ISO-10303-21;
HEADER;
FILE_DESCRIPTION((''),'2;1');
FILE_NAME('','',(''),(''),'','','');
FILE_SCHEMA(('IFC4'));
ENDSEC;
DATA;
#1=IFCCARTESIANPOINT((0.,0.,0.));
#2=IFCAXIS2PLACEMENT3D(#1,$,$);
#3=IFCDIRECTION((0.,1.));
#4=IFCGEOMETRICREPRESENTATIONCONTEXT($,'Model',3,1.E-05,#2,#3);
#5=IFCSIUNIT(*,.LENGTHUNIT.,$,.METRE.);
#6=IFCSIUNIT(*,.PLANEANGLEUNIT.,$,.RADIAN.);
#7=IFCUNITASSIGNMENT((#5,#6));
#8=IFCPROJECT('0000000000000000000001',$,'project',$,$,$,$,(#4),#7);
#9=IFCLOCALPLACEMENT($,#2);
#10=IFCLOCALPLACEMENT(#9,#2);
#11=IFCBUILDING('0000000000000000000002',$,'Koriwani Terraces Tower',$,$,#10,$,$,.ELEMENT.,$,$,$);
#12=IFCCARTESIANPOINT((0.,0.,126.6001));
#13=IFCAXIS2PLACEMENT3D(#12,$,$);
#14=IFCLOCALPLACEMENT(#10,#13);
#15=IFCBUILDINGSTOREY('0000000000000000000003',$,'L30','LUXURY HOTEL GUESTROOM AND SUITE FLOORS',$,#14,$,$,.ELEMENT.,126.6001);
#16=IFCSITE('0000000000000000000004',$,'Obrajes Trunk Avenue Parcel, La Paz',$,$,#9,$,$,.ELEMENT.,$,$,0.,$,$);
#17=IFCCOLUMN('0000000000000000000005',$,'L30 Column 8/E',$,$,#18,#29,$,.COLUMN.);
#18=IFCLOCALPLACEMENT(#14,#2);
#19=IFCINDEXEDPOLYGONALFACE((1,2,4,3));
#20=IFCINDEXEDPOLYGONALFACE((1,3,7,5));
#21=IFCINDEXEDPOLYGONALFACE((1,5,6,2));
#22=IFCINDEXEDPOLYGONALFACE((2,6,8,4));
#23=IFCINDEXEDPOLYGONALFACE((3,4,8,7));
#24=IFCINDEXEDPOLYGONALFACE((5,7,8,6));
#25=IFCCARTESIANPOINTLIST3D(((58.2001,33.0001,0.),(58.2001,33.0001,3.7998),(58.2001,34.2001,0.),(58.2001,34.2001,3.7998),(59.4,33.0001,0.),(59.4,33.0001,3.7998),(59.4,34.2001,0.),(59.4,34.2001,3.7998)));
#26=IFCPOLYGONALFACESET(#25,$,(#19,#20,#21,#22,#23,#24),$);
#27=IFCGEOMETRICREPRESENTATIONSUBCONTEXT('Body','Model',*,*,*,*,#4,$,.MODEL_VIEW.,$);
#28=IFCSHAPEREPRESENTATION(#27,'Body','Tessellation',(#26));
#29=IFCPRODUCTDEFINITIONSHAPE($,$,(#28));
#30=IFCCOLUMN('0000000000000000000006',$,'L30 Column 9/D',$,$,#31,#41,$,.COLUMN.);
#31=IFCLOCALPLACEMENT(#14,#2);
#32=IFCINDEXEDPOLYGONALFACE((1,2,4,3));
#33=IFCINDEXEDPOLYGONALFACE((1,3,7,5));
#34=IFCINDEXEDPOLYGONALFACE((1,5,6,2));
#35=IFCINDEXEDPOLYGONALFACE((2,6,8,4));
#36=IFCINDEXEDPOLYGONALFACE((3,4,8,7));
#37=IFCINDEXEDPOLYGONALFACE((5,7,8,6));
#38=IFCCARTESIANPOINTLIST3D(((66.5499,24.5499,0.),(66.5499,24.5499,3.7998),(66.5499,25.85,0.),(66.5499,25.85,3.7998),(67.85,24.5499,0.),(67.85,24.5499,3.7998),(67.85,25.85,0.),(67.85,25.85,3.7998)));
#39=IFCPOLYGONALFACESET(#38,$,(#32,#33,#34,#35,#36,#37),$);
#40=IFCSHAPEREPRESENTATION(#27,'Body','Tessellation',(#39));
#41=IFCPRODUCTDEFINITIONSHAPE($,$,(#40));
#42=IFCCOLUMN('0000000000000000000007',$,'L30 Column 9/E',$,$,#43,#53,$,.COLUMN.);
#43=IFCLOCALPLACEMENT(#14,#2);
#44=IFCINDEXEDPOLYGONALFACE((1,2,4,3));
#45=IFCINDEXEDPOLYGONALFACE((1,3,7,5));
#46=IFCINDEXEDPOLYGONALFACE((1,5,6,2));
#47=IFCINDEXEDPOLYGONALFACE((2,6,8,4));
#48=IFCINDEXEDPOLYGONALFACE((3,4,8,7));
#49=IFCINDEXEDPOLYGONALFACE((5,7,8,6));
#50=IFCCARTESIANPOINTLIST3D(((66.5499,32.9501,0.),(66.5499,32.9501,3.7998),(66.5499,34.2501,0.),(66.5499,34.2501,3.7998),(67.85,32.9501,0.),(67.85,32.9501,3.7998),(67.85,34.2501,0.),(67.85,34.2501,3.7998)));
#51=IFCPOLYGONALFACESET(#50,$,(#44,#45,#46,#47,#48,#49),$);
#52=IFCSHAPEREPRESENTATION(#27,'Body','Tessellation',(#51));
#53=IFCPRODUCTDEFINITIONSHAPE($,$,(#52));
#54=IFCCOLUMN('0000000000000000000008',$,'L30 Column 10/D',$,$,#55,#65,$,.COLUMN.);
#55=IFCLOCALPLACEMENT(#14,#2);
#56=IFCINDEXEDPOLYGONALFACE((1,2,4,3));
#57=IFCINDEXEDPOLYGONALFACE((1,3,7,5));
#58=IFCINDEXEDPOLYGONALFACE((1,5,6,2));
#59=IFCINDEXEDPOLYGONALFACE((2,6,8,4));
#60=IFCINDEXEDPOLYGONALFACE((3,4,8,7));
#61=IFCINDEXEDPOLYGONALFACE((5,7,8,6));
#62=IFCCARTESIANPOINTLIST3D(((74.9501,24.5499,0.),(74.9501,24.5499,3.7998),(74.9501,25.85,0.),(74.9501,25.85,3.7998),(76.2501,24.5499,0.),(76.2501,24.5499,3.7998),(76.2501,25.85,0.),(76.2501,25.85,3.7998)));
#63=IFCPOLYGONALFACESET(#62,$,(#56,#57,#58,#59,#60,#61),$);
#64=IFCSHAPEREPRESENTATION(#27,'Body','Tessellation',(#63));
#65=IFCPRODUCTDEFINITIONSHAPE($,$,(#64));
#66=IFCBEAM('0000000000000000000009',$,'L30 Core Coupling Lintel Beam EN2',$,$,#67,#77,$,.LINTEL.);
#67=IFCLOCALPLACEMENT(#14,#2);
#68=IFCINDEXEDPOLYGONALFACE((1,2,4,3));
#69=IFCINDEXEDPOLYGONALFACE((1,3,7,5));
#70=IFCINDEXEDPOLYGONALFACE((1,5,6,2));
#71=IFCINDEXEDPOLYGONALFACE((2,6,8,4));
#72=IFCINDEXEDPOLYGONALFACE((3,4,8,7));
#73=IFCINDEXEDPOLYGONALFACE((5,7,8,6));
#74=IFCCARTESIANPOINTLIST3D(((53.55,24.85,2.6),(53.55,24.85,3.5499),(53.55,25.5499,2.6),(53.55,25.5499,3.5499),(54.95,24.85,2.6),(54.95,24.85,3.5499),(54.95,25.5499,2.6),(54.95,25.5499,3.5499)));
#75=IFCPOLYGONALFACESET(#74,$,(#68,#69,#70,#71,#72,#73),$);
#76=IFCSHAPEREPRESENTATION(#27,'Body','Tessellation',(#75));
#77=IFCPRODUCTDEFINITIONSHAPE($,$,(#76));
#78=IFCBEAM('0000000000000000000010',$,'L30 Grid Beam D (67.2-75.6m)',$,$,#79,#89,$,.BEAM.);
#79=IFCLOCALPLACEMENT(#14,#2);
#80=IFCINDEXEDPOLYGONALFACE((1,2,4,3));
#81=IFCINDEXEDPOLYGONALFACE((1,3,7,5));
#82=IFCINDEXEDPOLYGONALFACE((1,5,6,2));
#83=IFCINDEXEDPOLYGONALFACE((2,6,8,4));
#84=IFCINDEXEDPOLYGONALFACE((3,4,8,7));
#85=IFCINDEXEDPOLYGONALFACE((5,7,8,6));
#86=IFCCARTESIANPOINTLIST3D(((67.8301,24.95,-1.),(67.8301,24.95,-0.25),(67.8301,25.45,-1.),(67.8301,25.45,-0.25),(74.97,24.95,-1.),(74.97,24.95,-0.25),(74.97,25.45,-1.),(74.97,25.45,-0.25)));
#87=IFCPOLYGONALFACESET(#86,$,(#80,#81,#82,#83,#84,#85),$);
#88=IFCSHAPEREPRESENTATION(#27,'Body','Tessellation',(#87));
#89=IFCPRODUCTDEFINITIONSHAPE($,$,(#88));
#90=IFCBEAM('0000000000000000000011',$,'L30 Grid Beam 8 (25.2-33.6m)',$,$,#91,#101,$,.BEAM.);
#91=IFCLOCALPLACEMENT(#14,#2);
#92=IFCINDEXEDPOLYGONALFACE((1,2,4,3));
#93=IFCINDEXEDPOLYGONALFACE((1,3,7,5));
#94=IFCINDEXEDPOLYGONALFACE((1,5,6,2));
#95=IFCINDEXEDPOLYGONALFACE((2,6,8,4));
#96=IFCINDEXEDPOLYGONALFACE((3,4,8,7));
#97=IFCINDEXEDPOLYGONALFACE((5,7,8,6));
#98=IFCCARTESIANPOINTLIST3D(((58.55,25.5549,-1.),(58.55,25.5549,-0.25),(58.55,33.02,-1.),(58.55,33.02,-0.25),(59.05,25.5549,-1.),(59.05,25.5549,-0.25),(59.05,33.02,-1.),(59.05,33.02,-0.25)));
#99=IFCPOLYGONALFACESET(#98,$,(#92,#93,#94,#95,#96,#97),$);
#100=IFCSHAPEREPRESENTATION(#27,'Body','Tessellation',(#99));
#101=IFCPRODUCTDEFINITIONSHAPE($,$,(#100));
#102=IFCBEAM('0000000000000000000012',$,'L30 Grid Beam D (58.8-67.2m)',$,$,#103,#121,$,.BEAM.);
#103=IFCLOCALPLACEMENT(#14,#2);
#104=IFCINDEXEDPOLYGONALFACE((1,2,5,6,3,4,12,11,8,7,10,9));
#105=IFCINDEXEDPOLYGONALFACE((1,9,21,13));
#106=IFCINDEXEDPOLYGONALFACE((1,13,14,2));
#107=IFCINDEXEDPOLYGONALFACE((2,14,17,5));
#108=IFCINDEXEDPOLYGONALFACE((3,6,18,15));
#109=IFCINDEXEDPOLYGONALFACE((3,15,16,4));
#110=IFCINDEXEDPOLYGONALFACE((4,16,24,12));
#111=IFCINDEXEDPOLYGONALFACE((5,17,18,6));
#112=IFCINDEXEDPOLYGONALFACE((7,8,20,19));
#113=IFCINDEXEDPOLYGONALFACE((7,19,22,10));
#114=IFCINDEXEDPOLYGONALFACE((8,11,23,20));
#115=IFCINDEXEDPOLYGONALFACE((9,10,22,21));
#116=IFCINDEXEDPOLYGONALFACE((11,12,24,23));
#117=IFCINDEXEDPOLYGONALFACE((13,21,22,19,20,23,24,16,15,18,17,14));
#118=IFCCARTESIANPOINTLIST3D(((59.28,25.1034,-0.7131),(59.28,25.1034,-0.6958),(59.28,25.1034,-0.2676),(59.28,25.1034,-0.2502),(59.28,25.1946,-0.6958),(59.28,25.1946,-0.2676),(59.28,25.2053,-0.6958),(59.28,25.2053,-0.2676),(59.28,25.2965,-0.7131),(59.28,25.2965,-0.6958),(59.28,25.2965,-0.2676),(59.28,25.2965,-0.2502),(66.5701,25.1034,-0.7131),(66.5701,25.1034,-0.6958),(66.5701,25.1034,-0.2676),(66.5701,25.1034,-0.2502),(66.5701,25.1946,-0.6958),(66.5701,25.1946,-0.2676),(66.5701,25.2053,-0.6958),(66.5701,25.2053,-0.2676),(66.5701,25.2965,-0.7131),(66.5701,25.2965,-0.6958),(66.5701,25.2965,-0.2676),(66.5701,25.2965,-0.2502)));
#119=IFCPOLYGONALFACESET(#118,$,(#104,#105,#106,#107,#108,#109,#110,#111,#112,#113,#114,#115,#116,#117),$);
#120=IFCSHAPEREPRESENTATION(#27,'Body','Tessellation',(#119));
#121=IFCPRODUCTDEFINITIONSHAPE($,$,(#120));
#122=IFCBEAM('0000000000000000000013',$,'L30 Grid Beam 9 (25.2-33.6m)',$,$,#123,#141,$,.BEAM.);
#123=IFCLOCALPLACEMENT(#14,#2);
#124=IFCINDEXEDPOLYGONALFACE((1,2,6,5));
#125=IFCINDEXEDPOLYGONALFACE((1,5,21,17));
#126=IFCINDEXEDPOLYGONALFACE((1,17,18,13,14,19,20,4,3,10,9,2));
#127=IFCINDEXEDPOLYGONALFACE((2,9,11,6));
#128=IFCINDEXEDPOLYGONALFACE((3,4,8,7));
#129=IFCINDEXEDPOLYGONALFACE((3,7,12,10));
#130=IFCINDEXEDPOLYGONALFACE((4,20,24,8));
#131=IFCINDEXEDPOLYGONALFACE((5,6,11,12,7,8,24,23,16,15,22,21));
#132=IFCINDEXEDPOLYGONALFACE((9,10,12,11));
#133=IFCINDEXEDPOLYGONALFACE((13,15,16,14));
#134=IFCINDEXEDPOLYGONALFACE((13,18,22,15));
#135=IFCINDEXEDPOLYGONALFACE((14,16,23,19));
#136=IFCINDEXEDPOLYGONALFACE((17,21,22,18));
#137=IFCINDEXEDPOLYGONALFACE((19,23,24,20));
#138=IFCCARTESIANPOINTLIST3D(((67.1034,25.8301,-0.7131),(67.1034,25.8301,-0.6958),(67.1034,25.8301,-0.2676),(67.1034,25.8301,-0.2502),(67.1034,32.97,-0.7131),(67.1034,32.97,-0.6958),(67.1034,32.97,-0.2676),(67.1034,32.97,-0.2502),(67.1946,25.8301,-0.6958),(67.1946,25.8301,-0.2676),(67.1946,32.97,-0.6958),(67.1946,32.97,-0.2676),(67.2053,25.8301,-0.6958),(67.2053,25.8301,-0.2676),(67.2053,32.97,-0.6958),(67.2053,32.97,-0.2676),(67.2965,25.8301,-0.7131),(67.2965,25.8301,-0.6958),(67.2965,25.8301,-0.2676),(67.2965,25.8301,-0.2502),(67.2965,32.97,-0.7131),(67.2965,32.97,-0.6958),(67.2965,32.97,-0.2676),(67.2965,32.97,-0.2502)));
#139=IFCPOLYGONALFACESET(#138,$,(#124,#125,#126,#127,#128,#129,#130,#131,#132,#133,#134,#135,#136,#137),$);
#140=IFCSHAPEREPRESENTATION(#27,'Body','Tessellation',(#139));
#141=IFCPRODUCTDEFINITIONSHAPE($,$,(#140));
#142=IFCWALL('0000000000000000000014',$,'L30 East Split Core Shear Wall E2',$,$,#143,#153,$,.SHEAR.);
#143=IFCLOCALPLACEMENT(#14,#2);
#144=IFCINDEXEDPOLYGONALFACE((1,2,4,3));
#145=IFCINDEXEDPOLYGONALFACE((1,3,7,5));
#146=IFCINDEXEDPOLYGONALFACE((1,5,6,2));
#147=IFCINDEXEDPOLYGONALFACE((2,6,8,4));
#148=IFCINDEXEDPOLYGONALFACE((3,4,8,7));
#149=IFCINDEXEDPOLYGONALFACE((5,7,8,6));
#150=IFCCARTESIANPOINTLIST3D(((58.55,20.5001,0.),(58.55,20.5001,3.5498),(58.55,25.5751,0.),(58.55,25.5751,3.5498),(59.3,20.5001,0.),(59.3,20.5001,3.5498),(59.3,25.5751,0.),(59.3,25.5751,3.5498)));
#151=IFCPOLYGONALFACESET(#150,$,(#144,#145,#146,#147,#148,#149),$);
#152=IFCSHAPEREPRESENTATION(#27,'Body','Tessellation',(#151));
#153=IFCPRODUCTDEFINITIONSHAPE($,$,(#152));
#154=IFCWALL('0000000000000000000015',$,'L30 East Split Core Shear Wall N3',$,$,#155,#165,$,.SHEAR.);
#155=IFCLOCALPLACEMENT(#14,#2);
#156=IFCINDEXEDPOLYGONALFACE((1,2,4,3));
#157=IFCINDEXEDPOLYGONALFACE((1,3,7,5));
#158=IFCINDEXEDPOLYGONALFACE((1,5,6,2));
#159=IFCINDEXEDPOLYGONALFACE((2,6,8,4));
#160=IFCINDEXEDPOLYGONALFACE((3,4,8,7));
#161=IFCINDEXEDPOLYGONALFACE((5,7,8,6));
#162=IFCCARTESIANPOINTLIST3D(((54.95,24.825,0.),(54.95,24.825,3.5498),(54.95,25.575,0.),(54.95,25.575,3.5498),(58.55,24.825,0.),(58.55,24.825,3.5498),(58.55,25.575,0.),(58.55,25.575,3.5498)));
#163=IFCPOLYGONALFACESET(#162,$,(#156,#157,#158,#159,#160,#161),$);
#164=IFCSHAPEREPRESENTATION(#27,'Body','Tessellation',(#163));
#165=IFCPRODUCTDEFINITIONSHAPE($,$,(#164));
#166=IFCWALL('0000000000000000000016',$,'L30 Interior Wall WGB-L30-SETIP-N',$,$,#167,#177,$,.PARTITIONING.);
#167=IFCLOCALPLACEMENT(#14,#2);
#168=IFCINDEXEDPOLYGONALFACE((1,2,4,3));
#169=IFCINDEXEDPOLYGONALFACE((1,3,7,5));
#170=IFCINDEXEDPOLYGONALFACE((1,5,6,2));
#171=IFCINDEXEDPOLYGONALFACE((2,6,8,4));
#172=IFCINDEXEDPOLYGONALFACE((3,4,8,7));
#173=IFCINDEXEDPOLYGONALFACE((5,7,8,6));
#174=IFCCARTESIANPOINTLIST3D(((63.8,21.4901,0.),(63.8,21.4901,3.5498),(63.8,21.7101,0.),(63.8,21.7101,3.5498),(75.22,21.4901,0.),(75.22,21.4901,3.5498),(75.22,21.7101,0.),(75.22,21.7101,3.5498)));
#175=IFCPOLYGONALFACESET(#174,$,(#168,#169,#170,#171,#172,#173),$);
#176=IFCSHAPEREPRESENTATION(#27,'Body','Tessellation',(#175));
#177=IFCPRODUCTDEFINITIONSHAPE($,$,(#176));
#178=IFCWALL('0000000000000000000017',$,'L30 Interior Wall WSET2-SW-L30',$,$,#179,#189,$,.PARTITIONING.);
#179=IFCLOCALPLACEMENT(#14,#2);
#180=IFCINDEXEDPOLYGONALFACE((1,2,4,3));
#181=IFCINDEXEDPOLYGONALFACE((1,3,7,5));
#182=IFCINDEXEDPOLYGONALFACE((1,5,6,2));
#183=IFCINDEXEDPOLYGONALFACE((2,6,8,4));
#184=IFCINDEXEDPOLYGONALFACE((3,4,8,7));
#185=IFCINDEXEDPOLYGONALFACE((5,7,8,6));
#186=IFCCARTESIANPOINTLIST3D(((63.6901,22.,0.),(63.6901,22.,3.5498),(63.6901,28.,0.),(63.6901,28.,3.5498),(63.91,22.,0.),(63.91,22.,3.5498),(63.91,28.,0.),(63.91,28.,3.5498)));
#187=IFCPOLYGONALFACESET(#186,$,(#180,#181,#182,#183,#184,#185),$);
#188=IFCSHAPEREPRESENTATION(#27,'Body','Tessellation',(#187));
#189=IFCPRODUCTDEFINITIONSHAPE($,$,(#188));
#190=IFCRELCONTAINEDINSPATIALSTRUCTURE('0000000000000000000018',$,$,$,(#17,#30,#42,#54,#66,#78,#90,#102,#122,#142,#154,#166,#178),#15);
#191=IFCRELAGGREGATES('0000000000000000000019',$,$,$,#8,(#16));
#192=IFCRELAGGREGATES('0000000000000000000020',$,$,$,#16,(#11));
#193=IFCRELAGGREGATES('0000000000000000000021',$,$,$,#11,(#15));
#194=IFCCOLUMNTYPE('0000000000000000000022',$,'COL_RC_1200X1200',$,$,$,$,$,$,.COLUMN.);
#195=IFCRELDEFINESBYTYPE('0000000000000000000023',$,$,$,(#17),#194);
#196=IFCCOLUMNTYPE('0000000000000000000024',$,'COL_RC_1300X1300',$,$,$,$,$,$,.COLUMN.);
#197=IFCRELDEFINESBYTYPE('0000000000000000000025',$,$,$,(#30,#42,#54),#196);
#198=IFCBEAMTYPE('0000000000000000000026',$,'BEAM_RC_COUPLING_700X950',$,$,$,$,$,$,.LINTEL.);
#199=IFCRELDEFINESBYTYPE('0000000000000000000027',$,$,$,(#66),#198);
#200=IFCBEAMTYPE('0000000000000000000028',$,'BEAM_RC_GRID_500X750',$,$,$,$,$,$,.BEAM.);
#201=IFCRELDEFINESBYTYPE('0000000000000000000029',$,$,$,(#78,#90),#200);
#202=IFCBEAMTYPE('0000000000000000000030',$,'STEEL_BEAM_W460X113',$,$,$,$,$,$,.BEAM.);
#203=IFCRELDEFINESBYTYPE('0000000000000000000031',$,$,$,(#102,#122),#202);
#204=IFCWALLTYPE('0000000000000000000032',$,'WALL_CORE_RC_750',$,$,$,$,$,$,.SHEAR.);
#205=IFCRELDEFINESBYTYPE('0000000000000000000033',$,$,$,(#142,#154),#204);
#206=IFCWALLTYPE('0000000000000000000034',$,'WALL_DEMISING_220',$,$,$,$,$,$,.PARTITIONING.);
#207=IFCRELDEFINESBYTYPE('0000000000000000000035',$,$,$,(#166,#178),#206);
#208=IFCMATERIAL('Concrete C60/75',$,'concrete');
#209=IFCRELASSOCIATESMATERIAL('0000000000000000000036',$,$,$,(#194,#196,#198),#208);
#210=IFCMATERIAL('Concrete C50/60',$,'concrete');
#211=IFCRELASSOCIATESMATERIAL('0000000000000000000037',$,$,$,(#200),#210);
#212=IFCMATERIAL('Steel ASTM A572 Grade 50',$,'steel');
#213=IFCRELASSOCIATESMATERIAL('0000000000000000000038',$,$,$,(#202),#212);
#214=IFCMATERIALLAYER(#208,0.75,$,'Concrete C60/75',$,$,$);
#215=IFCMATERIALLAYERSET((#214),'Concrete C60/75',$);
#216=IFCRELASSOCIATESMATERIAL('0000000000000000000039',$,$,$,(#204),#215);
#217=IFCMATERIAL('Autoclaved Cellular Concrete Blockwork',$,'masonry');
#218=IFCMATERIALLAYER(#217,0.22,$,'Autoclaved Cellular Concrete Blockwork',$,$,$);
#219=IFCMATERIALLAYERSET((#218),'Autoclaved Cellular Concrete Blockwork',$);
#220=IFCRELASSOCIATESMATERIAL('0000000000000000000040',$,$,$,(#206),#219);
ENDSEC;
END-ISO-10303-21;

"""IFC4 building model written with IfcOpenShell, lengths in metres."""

from ifc_helpers import new_model, si_unit, direction, frame, frame_2d, origin, origin_2d, place, context, subcontext, project, spatial, rectangle, i_section, extrude, material, layer, layer_set, material_profile, profile_set, type_object, element, save


model = new_model("IFC4")

# Units and contexts
model_context = context("Model", 3, precision=1e-05, world=origin(), true_north=direction((0.0, 1.0)))
body_context = subcontext(model_context, "Body", "Model", "MODEL_VIEW")
ifc_project = project(units=[si_unit("LENGTHUNIT", "METRE"), si_unit("PLANEANGLEUNIT", "RADIAN")], contexts=[model_context])

# Site, building, storey
site_placement = place(None, origin())
site = spatial("IfcSite", under=ifc_project, at=site_placement, Name="Obrajes Trunk Avenue Parcel, La Paz", CompositionType="ELEMENT", RefElevation=0.0)
building_placement = place(site_placement, origin())
building = spatial("IfcBuilding", under=site, at=building_placement, Name="Koriwani Terraces Tower", CompositionType="ELEMENT")
storey_placement = place(building_placement, frame((0.0, 0.0, 126.6001)))
storey = spatial("IfcBuildingStorey", under=building, at=storey_placement, Name="L30", Description="LUXURY HOTEL GUESTROOM AND SUITE FLOORS", CompositionType="ELEMENT", Elevation=126.6001)

# Columns
ifc_material_1 = material(Name="Concrete C60/75", Category="concrete")
ifc_material_profile_1 = material_profile(ifc_material_1, rectangle(XDim=1.2, YDim=1.2, at=origin_2d()), Name="Concrete C60/75", Category="LoadBearing")
ifc_profile_set_1 = profile_set([ifc_material_profile_1], Name="Concrete C60/75")
column_type_1 = type_object("IfcColumnType", Name="COL_RC_1200X1200", PredefinedType="COLUMN", material=ifc_profile_set_1)
column_placement = place(storey_placement, frame((58.8, 33.6001, 0.0), z_axis=(0.0, 0.0, 1.0), x_axis=(1.0, 0.0, 0.0)))
element("IfcColumn", 1, at=column_placement, inside=storey, type_object=column_type_1, Name="L30 Column 8/E", PredefinedType="COLUMN", context=body_context, shape_type="SweptSolid", body=[
    extrude(rectangle(XDim=1.2, YDim=1.2, at=origin_2d()), origin(), (0.0, 0.0, 1.0), 3.7998),
])
ifc_material_profile_2 = material_profile(ifc_material_1, rectangle(XDim=1.3, YDim=1.3, at=origin_2d()), Name="Concrete C60/75", Category="LoadBearing")
ifc_profile_set_2 = profile_set([ifc_material_profile_2], Name="Concrete C60/75")
column_type_2 = type_object("IfcColumnType", Name="COL_RC_1300X1300", PredefinedType="COLUMN", material=ifc_profile_set_2)
for number, where, z_axis, x_axis, name in (
    (2, (67.2, 25.2, 0.0), (0.0, 0.0, 1.0), (1.0, 0.0, 0.0), "L30 Column 9/D"),
    (3, (67.2, 33.6001, 0.0), (0.0, 0.0, 1.0), (1.0, 0.0, 0.0), "L30 Column 9/E"),
    (4, (75.6001, 25.2, 0.0), (0.0, 0.0, 1.0), (1.0, 0.0, 0.0), "L30 Column 10/D"),
):
    element("IfcColumn", number, at=place(storey_placement, frame(where, z_axis=z_axis, x_axis=x_axis)), inside=storey, type_object=column_type_2, Name=name, PredefinedType="COLUMN", context=body_context, shape_type="SweptSolid", body=[
        extrude(rectangle(XDim=1.3, YDim=1.3, at=origin_2d()), origin(), (0.0, 0.0, 1.0), 3.7998),
    ])

# Beams
ifc_material_profile_3 = material_profile(ifc_material_1, rectangle(XDim=0.7, YDim=0.95, at=origin_2d()), Name="Concrete C60/75", Category="LoadBearing")
ifc_profile_set_3 = profile_set([ifc_material_profile_3], Name="Concrete C60/75")
beam_type_1 = type_object("IfcBeamType", Name="BEAM_RC_COUPLING_700X950", PredefinedType="LINTEL", material=ifc_profile_set_3)
beam_1_placement = place(storey_placement, frame((53.55, 25.2, 3.075), z_axis=(1.0, 0.0, 0.0), x_axis=(0.0, 1.0, 0.0)))
element("IfcBeam", 5, at=beam_1_placement, inside=storey, type_object=beam_type_1, Name="L30 Core Coupling Lintel Beam EN2", PredefinedType="LINTEL", context=body_context, shape_type="SweptSolid", body=[
    extrude(rectangle(XDim=0.7, YDim=0.95, at=origin_2d()), origin(), (0.0, 0.0, 1.0), 1.3999),
])
ifc_material_2 = material(Name="Concrete C50/60", Category="concrete")
ifc_material_profile_4 = material_profile(ifc_material_2, rectangle(XDim=0.5, YDim=0.75, at=origin_2d()), Name="Concrete C50/60", Category="LoadBearing")
ifc_profile_set_4 = profile_set([ifc_material_profile_4], Name="Concrete C50/60")
beam_type_2 = type_object("IfcBeamType", Name="BEAM_RC_GRID_500X750", PredefinedType="BEAM", material=ifc_profile_set_4)
beam_2_placement = place(storey_placement, frame((67.8301, 25.2, -0.625), z_axis=(1.0, 0.0, 0.0), x_axis=(0.0, 1.0, 0.0)))
element("IfcBeam", 6, at=beam_2_placement, inside=storey, type_object=beam_type_2, Name="L30 Grid Beam D (67.2-75.6m)", PredefinedType="BEAM", context=body_context, shape_type="SweptSolid", body=[
    extrude(rectangle(XDim=0.5, YDim=0.75, at=origin_2d()), origin(), (0.0, 0.0, 1.0), 7.1399),
])
beam_3_placement = place(storey_placement, frame((58.8, 25.5549, -0.625), z_axis=(0.0, 1.0, 0.0), x_axis=(-1.0, 0.0, 0.0)))
element("IfcBeam", 7, at=beam_3_placement, inside=storey, type_object=beam_type_2, Name="L30 Grid Beam 8 (25.2-33.6m)", PredefinedType="BEAM", context=body_context, shape_type="SweptSolid", body=[
    extrude(rectangle(XDim=0.5, YDim=0.75, at=origin_2d()), origin(), (0.0, 0.0, 1.0), 7.4651),
])
ifc_material_3 = material(Name="Steel ASTM A572 Grade 50", Category="steel")
ifc_material_profile_5 = material_profile(ifc_material_3, i_section(OverallWidth=0.1931, OverallDepth=0.4629, WebThickness=0.0107, FlangeThickness=0.0173, at=origin_2d()), Name="Steel ASTM A572 Grade 50", Category="LoadBearing")
ifc_profile_set_5 = profile_set([ifc_material_profile_5], Name="Steel ASTM A572 Grade 50")
beam_type_3 = type_object("IfcBeamType", Name="STEEL_BEAM_W460X113", PredefinedType="BEAM", material=ifc_profile_set_5)
beam_4_placement = place(storey_placement, frame((59.28, 25.2, -0.4817), z_axis=(1.0, 0.0, 0.0), x_axis=(0.0, 1.0, 0.0)))
element("IfcBeam", 8, at=beam_4_placement, inside=storey, type_object=beam_type_3, Name="L30 Grid Beam D (58.8-67.2m)", PredefinedType="BEAM", context=body_context, shape_type="SweptSolid", body=[
    extrude(i_section(OverallWidth=0.1931, OverallDepth=0.4629, WebThickness=0.0107, FlangeThickness=0.0173, at=origin_2d()), origin(), (0.0, 0.0, 1.0), 7.29),
])
beam_5_placement = place(storey_placement, frame((67.2, 25.8301, -0.4817), z_axis=(0.0, 1.0, 0.0), x_axis=(-1.0, 0.0, 0.0)))
element("IfcBeam", 9, at=beam_5_placement, inside=storey, type_object=beam_type_3, Name="L30 Grid Beam 9 (25.2-33.6m)", PredefinedType="BEAM", context=body_context, shape_type="SweptSolid", body=[
    extrude(i_section(OverallWidth=0.1931, OverallDepth=0.4629, WebThickness=0.0107, FlangeThickness=0.0173, at=origin_2d()), origin(), (0.0, 0.0, 1.0), 7.1399),
])

# Walls
ifc_layer_1 = layer(ifc_material_1, 0.75, Name="Concrete C60/75")
ifc_layer_set_1 = layer_set([ifc_layer_1], Name="Concrete C60/75")
wall_type_1 = type_object("IfcWallType", Name="WALL_CORE_RC_750", PredefinedType="SHEAR", material=ifc_layer_set_1)
wall_1_placement = place(storey_placement, frame((58.925, 20.5, 0.0), z_axis=(0.0, 0.0, 1.0), x_axis=(0.0, 1.0, 0.0)))
element("IfcWall", 10, at=wall_1_placement, inside=storey, type_object=wall_type_1, Name="L30 East Split Core Shear Wall E2", PredefinedType="SHEAR", context=body_context, shape_type="SweptSolid", body=[
    extrude(rectangle(XDim=5.075, YDim=0.75, at=frame_2d((2.5376, 0.0))), origin(), (0.0, 0.0, 1.0), 3.5498),
])
wall_2_placement = place(storey_placement, frame((54.95, 25.2, 0.0), z_axis=(0.0, 0.0, 1.0), x_axis=(1.0, 0.0, 0.0)))
element("IfcWall", 11, at=wall_2_placement, inside=storey, type_object=wall_type_1, Name="L30 East Split Core Shear Wall N3", PredefinedType="SHEAR", context=body_context, shape_type="SweptSolid", body=[
    extrude(rectangle(XDim=3.6001, YDim=0.75, at=frame_2d((1.8, 0.0))), origin(), (0.0, 0.0, 1.0), 3.5498),
])
ifc_material_4 = material(Name="Autoclaved Cellular Concrete Blockwork", Category="masonry")
ifc_layer_2 = layer(ifc_material_4, 0.22, Name="Autoclaved Cellular Concrete Blockwork")
ifc_layer_set_2 = layer_set([ifc_layer_2], Name="Autoclaved Cellular Concrete Blockwork")
wall_type_2 = type_object("IfcWallType", Name="WALL_DEMISING_220", PredefinedType="PARTITIONING", material=ifc_layer_set_2)
wall_3_placement = place(storey_placement, frame((63.8, 21.6001, 0.0), z_axis=(0.0, 0.0, 1.0), x_axis=(1.0, 0.0, 0.0)))
element("IfcWall", 12, at=wall_3_placement, inside=storey, type_object=wall_type_2, Name="L30 Interior Wall WGB-L30-SETIP-N", PredefinedType="PARTITIONING", context=body_context, shape_type="SweptSolid", body=[
    extrude(rectangle(XDim=11.4199, YDim=0.22, at=frame_2d((5.71, 0.0))), origin(), (0.0, 0.0, 1.0), 3.5498),
])
wall_4_placement = place(storey_placement, frame((63.8, 22.0, 0.0), z_axis=(0.0, 0.0, 1.0), x_axis=(0.0, 1.0, 0.0)))
element("IfcWall", 13, at=wall_4_placement, inside=storey, type_object=wall_type_2, Name="L30 Interior Wall WSET2-SW-L30", PredefinedType="PARTITIONING", context=body_context, shape_type="SweptSolid", body=[
    extrude(rectangle(XDim=6.0, YDim=0.22, at=frame_2d((3.0, 0.0))), origin(), (0.0, 0.0, 1.0), 3.5498),
])

save(model, "model.ifc")
